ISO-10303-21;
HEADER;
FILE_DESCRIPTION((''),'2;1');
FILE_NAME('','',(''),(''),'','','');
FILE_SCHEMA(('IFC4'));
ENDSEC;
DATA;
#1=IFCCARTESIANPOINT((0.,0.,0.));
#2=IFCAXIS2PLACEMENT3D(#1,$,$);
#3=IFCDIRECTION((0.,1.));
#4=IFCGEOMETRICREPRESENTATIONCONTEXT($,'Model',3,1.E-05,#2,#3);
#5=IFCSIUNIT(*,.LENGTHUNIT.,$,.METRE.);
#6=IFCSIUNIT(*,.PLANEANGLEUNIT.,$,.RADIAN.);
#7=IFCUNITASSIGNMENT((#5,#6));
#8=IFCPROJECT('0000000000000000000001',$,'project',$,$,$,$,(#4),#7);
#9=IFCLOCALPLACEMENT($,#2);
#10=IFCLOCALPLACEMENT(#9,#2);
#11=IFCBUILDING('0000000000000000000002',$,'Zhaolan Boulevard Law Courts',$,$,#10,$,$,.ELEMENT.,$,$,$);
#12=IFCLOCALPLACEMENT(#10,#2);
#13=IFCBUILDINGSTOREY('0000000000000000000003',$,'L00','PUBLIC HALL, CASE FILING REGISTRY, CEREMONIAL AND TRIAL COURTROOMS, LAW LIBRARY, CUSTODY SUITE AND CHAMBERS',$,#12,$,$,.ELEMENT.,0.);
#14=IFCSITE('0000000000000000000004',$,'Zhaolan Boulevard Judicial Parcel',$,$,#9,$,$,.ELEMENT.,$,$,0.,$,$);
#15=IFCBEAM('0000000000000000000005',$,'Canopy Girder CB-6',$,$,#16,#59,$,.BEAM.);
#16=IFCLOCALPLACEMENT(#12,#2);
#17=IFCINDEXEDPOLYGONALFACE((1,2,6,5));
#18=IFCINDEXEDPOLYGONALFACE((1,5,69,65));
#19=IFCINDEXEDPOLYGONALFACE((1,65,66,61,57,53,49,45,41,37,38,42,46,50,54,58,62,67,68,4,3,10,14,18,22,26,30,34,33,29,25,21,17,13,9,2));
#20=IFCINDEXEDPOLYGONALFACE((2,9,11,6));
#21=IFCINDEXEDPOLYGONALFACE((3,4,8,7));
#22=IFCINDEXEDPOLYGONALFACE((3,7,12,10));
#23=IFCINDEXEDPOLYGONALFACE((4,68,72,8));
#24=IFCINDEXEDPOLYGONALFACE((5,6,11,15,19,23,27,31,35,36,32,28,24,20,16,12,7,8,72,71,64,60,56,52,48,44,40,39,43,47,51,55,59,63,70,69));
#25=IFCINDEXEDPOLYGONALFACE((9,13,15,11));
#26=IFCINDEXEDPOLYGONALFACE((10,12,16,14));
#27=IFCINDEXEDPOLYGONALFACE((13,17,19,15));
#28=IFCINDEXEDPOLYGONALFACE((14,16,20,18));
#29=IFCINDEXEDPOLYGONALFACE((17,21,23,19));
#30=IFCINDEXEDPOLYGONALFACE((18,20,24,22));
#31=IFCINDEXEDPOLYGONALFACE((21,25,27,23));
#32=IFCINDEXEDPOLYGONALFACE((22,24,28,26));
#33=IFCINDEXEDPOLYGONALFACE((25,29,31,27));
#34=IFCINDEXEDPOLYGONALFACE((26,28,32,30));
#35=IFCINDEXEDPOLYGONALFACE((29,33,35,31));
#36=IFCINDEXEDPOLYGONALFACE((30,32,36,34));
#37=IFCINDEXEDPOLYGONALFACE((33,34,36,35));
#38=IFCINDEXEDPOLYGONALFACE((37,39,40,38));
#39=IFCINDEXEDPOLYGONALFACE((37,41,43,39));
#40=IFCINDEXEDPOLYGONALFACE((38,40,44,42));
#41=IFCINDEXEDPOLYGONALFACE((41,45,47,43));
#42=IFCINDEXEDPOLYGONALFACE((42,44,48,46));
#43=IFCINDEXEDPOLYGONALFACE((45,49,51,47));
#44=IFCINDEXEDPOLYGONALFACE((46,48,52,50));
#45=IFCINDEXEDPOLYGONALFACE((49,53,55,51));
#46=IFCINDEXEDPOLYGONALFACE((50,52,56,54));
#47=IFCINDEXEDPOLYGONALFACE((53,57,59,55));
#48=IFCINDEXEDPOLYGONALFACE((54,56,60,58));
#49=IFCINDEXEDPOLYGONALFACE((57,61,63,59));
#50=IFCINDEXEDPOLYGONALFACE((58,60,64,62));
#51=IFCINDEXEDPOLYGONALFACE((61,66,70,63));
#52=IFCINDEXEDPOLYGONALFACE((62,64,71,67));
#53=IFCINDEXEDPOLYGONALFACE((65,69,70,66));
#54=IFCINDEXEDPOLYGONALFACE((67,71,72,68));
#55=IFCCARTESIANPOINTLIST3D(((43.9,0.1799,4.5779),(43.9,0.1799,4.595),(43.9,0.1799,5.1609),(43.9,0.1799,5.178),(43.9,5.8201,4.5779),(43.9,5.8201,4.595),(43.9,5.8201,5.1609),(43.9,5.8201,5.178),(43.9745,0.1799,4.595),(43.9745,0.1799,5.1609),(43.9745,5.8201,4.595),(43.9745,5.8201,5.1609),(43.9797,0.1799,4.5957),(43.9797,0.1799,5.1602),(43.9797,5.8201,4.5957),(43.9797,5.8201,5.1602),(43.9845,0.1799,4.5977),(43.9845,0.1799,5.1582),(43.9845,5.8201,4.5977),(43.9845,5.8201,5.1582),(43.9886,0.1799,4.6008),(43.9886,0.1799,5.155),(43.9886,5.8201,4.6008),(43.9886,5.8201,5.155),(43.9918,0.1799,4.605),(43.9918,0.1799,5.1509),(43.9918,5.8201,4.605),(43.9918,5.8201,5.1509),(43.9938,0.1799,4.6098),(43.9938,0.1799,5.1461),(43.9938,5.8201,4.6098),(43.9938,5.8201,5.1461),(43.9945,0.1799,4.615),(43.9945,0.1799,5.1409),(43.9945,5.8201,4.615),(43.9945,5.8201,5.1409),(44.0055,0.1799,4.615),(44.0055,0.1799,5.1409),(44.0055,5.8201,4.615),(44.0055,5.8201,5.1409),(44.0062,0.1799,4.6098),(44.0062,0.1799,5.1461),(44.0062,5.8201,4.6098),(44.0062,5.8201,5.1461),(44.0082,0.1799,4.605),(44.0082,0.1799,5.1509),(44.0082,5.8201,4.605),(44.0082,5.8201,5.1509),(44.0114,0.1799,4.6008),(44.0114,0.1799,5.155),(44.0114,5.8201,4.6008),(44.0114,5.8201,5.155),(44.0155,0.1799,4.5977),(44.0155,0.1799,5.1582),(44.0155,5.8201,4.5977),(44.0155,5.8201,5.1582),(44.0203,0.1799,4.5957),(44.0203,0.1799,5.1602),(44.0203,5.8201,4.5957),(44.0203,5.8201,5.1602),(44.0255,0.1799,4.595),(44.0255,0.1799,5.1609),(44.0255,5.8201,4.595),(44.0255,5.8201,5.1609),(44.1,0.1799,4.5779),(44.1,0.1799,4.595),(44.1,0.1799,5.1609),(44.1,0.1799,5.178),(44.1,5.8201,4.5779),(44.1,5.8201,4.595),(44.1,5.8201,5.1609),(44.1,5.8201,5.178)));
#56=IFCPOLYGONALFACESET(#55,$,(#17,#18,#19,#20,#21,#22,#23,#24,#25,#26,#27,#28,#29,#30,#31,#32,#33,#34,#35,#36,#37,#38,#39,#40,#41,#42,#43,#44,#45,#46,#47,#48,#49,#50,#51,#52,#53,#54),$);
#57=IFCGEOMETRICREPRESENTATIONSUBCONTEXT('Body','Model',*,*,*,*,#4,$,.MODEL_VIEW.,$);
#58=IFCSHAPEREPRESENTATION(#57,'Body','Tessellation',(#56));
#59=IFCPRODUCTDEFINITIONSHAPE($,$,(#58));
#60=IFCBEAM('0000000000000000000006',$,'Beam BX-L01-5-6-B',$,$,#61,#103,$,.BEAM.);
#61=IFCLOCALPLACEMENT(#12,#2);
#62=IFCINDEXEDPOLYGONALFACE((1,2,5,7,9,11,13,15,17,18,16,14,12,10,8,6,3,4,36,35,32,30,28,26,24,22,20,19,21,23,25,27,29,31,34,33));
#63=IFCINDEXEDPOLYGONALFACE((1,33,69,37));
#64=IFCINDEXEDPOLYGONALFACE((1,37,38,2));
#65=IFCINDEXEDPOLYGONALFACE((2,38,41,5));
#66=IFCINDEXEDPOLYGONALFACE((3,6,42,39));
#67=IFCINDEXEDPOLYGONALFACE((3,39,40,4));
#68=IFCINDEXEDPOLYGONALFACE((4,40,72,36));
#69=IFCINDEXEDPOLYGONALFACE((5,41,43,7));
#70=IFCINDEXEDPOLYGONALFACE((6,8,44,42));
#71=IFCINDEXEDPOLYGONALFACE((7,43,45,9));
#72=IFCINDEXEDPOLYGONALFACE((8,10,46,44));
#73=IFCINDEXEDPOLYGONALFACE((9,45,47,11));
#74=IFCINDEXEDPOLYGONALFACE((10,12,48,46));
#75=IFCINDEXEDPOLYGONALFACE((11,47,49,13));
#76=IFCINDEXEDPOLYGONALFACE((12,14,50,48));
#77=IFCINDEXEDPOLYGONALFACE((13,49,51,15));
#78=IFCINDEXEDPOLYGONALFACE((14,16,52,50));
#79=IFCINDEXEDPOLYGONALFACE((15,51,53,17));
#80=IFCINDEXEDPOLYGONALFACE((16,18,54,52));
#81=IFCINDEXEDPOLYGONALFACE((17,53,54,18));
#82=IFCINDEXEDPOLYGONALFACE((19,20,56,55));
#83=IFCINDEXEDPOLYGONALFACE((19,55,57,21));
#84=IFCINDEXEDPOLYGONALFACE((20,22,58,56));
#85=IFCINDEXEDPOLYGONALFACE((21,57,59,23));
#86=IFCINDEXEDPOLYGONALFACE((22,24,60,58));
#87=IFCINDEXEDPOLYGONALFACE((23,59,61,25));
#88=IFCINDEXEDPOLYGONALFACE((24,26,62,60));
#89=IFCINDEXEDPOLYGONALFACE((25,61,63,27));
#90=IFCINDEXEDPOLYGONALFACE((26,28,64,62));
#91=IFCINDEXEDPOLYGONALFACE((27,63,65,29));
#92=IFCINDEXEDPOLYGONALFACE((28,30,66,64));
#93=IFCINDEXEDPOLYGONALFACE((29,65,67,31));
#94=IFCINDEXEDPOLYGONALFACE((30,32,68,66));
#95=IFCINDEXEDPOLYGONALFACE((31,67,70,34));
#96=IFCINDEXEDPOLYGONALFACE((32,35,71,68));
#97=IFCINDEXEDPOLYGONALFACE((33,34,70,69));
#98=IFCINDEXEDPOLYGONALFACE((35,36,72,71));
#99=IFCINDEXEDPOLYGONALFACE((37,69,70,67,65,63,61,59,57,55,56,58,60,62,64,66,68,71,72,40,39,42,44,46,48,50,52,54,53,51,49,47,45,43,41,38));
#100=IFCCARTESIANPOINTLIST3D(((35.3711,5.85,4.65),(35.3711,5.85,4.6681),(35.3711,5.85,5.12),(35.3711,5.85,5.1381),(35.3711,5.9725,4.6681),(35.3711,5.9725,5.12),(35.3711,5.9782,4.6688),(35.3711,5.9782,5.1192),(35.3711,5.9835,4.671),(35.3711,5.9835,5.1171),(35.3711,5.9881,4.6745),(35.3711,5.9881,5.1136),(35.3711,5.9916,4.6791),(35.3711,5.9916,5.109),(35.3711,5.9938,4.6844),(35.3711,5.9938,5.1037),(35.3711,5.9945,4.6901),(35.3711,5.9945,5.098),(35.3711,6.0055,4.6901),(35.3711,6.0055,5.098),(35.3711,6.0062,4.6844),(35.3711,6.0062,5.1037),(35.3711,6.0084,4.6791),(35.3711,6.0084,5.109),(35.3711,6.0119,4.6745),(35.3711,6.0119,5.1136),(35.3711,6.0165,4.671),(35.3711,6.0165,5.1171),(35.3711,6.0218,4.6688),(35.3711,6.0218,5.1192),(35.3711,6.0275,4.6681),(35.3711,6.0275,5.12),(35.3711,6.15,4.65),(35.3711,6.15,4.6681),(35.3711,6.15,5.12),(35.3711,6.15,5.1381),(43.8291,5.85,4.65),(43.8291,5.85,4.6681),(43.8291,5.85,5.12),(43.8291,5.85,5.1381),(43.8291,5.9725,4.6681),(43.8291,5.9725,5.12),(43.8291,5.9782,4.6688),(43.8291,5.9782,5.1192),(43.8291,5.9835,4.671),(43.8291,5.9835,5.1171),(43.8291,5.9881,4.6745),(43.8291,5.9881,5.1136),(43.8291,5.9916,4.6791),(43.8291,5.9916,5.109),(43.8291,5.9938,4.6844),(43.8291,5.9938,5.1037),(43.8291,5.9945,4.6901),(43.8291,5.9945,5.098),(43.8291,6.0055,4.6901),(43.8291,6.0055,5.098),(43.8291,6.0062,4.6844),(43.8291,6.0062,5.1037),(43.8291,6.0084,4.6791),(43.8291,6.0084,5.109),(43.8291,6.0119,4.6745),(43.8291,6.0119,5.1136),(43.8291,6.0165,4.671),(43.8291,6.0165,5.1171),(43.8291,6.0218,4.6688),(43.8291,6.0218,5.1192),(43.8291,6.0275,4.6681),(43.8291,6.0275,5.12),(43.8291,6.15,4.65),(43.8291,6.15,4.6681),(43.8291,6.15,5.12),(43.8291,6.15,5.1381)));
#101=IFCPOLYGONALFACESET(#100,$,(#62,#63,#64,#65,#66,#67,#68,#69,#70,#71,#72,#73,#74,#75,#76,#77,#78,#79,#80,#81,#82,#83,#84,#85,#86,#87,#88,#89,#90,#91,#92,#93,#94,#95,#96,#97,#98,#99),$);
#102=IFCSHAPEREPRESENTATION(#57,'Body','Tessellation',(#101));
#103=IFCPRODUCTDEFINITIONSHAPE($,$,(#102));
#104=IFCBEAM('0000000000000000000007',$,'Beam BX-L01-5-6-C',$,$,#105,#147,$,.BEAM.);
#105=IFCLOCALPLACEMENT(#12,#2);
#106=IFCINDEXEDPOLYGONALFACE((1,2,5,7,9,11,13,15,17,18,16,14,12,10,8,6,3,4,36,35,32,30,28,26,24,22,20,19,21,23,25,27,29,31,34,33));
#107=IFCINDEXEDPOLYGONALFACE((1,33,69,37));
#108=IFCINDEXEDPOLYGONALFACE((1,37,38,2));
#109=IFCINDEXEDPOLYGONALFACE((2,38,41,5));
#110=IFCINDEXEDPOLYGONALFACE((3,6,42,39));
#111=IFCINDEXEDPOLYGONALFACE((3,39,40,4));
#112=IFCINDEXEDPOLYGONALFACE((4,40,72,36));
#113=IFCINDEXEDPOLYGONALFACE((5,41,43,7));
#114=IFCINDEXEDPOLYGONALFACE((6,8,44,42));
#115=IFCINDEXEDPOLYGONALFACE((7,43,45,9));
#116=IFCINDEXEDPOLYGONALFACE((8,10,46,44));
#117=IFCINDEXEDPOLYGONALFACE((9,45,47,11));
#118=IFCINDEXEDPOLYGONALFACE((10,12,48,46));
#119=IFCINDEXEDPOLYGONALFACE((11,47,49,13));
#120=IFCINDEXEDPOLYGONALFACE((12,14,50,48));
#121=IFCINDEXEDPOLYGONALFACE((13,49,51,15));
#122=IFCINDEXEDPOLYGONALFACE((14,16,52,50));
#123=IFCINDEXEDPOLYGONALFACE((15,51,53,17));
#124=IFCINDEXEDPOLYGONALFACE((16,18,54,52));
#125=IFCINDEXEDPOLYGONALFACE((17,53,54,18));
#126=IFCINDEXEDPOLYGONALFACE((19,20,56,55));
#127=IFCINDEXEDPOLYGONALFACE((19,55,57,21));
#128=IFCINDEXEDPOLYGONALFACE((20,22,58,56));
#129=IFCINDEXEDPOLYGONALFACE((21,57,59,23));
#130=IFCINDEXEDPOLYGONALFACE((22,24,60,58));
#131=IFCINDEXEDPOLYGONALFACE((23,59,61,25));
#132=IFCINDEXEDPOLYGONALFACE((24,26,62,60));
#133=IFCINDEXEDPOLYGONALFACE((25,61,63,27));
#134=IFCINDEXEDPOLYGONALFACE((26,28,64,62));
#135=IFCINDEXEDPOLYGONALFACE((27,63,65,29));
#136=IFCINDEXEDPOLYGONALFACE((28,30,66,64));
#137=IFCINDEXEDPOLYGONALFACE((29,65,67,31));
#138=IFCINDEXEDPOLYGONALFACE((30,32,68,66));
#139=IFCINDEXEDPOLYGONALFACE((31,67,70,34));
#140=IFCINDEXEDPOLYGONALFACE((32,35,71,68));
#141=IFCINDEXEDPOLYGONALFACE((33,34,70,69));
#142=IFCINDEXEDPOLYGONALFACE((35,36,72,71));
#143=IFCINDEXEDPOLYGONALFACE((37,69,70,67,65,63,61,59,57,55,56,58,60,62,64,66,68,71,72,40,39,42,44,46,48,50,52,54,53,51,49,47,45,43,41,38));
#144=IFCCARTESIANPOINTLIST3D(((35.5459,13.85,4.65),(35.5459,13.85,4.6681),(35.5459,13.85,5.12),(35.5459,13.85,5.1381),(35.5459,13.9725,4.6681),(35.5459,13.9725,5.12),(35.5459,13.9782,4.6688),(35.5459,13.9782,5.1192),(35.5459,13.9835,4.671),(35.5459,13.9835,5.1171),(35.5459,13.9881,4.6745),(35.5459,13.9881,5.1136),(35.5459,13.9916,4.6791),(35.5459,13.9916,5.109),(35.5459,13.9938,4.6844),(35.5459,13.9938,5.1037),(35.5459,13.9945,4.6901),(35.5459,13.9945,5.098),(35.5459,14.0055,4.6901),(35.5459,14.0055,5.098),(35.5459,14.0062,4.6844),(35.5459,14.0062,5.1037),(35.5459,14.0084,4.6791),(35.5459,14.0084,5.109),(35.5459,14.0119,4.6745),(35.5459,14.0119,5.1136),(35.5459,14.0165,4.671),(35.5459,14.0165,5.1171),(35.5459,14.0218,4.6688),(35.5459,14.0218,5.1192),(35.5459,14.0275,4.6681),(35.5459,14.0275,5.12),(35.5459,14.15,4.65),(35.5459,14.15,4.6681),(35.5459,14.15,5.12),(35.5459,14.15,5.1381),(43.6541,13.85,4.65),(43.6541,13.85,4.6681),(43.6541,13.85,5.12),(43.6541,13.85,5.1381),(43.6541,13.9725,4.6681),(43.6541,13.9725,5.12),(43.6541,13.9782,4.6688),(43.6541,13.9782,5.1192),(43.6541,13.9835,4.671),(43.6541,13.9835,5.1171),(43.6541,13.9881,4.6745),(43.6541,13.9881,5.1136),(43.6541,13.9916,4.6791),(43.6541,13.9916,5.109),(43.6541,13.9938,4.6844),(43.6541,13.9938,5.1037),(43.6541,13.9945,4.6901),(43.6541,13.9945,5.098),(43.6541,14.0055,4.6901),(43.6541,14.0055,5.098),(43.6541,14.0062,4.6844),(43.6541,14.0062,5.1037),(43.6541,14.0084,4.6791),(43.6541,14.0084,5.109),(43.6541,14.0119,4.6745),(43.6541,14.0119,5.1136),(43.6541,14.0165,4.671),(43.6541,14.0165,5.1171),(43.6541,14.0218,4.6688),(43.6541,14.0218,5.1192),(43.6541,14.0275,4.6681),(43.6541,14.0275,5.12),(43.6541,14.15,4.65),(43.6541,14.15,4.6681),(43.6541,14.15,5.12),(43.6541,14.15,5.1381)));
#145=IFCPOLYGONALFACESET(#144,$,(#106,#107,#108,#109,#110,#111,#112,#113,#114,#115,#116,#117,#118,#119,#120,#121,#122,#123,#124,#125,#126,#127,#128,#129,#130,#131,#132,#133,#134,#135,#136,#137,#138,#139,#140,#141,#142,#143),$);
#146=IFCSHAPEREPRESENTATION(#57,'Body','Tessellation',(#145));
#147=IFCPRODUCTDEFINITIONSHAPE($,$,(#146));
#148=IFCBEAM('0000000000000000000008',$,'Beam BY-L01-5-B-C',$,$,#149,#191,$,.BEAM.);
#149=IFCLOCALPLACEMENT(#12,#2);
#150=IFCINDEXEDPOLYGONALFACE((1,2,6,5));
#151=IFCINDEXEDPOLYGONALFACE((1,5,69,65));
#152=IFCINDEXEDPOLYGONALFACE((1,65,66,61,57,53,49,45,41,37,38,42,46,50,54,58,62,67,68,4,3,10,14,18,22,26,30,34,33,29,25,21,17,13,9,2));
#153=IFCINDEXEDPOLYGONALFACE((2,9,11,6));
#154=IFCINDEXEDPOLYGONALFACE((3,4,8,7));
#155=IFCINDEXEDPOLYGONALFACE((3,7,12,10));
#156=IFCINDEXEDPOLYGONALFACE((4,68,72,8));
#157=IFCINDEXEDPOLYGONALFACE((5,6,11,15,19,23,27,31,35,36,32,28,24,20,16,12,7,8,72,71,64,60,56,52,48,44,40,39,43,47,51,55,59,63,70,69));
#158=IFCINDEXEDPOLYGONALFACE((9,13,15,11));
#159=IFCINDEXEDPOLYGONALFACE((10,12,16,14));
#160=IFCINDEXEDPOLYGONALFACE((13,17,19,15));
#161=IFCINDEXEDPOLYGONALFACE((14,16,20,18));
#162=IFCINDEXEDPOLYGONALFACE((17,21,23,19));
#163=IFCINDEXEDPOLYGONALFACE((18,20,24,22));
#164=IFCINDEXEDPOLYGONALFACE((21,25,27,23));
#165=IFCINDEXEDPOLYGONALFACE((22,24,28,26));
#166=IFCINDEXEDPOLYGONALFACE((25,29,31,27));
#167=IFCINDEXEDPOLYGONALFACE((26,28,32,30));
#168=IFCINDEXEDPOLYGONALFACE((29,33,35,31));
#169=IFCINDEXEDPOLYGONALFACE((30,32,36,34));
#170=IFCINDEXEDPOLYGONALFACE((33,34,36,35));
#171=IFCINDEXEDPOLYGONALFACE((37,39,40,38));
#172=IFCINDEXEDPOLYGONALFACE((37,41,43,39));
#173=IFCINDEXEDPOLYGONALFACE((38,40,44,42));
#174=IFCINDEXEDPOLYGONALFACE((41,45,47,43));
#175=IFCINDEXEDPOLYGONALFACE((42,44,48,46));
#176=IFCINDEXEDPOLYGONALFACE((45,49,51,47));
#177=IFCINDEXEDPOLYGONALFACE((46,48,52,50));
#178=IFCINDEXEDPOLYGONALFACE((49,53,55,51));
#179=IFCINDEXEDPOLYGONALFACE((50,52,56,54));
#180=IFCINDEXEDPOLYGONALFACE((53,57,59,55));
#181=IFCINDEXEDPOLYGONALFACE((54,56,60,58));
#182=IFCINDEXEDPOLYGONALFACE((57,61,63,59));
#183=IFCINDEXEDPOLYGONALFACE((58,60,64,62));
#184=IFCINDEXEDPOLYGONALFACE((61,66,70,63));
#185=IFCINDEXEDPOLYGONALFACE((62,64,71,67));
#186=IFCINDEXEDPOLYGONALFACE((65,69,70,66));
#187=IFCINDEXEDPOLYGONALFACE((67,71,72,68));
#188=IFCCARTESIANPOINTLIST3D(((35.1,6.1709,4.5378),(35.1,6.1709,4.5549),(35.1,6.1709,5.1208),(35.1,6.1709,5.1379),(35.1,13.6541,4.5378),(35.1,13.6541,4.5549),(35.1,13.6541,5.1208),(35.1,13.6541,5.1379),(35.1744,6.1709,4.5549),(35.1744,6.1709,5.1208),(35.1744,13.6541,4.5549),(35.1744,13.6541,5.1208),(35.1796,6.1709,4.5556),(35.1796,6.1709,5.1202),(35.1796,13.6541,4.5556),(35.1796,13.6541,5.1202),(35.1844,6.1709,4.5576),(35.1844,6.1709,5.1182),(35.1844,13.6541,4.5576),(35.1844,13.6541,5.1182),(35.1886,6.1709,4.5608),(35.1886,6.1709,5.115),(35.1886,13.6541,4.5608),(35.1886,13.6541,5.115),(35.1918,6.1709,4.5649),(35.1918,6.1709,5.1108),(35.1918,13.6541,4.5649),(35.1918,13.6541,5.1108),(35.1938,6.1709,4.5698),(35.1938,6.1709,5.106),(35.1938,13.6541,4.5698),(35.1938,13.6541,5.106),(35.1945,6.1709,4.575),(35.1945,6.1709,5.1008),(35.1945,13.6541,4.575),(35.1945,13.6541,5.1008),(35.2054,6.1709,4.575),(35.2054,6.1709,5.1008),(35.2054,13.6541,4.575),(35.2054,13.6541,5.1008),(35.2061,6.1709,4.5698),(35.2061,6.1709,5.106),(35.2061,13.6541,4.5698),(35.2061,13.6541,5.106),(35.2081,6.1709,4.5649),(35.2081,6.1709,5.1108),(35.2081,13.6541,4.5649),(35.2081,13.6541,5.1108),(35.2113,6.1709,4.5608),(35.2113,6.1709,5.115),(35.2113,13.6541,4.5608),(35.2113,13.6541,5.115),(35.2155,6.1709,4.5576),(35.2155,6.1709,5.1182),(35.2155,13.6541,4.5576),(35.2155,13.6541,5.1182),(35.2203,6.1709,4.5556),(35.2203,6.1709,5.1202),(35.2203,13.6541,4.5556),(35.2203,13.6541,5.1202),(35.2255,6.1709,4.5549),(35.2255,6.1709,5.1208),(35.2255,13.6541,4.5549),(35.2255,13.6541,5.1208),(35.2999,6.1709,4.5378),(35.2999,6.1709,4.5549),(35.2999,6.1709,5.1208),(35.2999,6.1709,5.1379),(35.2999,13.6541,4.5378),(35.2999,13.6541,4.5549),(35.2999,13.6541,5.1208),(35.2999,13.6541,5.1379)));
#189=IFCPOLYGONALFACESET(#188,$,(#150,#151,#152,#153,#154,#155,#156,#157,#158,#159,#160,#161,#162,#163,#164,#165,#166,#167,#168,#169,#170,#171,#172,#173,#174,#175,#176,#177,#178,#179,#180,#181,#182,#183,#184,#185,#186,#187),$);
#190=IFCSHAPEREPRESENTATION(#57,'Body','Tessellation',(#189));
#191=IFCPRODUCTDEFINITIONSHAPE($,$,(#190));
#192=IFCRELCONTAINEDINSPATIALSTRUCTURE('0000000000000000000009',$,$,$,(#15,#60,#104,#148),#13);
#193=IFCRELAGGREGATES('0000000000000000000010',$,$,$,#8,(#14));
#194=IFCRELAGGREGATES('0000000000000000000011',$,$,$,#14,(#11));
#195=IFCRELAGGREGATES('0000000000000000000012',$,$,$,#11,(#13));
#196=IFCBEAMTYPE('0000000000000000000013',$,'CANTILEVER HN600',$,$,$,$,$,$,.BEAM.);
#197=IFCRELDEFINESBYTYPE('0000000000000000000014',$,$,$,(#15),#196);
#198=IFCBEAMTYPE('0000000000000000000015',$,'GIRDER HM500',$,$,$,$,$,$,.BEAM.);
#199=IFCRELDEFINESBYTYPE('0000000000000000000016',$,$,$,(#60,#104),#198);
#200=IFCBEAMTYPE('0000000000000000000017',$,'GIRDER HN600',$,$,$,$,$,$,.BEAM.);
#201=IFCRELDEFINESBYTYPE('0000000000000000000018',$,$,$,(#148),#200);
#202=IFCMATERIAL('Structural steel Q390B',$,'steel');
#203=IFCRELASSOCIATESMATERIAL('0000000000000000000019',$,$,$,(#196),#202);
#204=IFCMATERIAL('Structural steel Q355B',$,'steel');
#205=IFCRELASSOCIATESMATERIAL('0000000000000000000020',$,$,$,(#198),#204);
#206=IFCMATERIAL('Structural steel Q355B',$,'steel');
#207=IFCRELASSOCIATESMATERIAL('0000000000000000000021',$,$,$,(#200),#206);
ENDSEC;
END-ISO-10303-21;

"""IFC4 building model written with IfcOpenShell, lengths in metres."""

from ifc_helpers import new_model, si_unit, direction, frame, origin, origin_2d, place, context, subcontext, project, spatial, i_section, extrude, material, material_profile, profile_set, type_object, element, save


model = new_model("IFC4")

# Units and contexts
model_context = context("Model", 3, precision=1e-05, world=origin(), true_north=direction((0.0, 1.0)))
body_context = subcontext(model_context, "Body", "Model", "MODEL_VIEW")
ifc_project = project(units=[si_unit("LENGTHUNIT", "METRE"), si_unit("PLANEANGLEUNIT", "RADIAN")], contexts=[model_context])

# Site, building, storey
site_placement = place(None, origin())
site = spatial("IfcSite", under=ifc_project, at=site_placement, Name="Zhaolan Boulevard Judicial Parcel", CompositionType="ELEMENT", RefElevation=0.0)
building_placement = place(site_placement, origin())
building = spatial("IfcBuilding", under=site, at=building_placement, Name="Zhaolan Boulevard Law Courts", CompositionType="ELEMENT")
storey_placement = place(building_placement, origin())
storey = spatial("IfcBuildingStorey", under=building, at=storey_placement, Name="L00", Description="PUBLIC HALL, CASE FILING REGISTRY, CEREMONIAL AND TRIAL COURTROOMS, LAW LIBRARY, CUSTODY SUITE AND CHAMBERS", CompositionType="ELEMENT", Elevation=0.0)

# Beams
ifc_material_1 = material(Name="Structural steel Q390B", Category="steel")
ifc_material_profile_1 = material_profile(ifc_material_1, i_section(OverallWidth=0.2, OverallDepth=0.6001, WebThickness=0.011, FlangeThickness=0.0171, FilletRadius=0.02, at=origin_2d()), Name="HN600x200")
ifc_profile_set_1 = profile_set([ifc_material_profile_1], Name="Structural steel Q390B")
beam_type_1 = type_object("IfcBeamType", Name="CANTILEVER HN600", PredefinedType="BEAM", material=ifc_profile_set_1)
beam_1_placement = place(storey_placement, frame((44.0, 0.1799, 4.8779), z_axis=(0.0, 1.0, 0.0), x_axis=(-1.0, 0.0, 0.0)))
element("IfcBeam", 1, at=beam_1_placement, inside=storey, type_object=beam_type_1, Name="Canopy Girder CB-6", PredefinedType="BEAM", context=body_context, shape_type="SweptSolid", body=[
    extrude(i_section(OverallWidth=0.2, OverallDepth=0.6001, WebThickness=0.011, FlangeThickness=0.0171, FilletRadius=0.02, at=origin_2d()), origin(), (0.0, 0.0, 1.0), 5.6401),
])
ifc_material_2 = material(Name="Structural steel Q355B", Category="steel")
ifc_material_profile_2 = material_profile(ifc_material_2, i_section(OverallWidth=0.3, OverallDepth=0.488, WebThickness=0.011, FlangeThickness=0.0181, FilletRadius=0.022, at=origin_2d()), Name="HM488x300")
ifc_profile_set_2 = profile_set([ifc_material_profile_2], Name="Structural steel Q355B")
beam_type_2 = type_object("IfcBeamType", Name="GIRDER HM500", PredefinedType="BEAM", material=ifc_profile_set_2)
beam_2_placement = place(storey_placement, frame((35.3711, 6.0, 4.894), z_axis=(1.0, 0.0, 0.0), x_axis=(0.0, 1.0, 0.0)))
element("IfcBeam", 2, at=beam_2_placement, inside=storey, type_object=beam_type_2, Name="Beam BX-L01-5-6-B", PredefinedType="BEAM", context=body_context, shape_type="SweptSolid", body=[
    extrude(i_section(OverallWidth=0.3, OverallDepth=0.488, WebThickness=0.011, FlangeThickness=0.0181, FilletRadius=0.022, at=origin_2d()), origin(), (0.0, 0.0, 1.0), 8.458),
])
beam_3_placement = place(storey_placement, frame((35.5459, 14.0, 4.894), z_axis=(1.0, 0.0, 0.0), x_axis=(0.0, 1.0, 0.0)))
element("IfcBeam", 3, at=beam_3_placement, inside=storey, type_object=beam_type_2, Name="Beam BX-L01-5-6-C", PredefinedType="BEAM", context=body_context, shape_type="SweptSolid", body=[
    extrude(i_section(OverallWidth=0.3, OverallDepth=0.488, WebThickness=0.011, FlangeThickness=0.0181, FilletRadius=0.022, at=origin_2d()), origin(), (0.0, 0.0, 1.0), 8.1082),
])
ifc_material_3 = material(Name="Structural steel Q355B", Category="steel")
ifc_material_profile_3 = material_profile(ifc_material_3, i_section(OverallWidth=0.2, OverallDepth=0.6001, WebThickness=0.011, FlangeThickness=0.0171, FilletRadius=0.02, at=origin_2d()), Name="HN600x200")
ifc_profile_set_3 = profile_set([ifc_material_profile_3], Name="Structural steel Q355B")
beam_type_3 = type_object("IfcBeamType", Name="GIRDER HN600", PredefinedType="BEAM", material=ifc_profile_set_3)
for number, where, z_axis, x_axis, name in (
    (4, (35.2, 6.1709, 4.8379), (0.0, 1.0, 0.0), (-1.0, 0.0, 0.0), "Beam BY-L01-5-B-C"),
):
    element("IfcBeam", number, at=place(storey_placement, frame(where, z_axis=z_axis, x_axis=x_axis)), inside=storey, type_object=beam_type_3, Name=name, PredefinedType="BEAM", context=body_context, shape_type="SweptSolid", body=[
        extrude(i_section(OverallWidth=0.2, OverallDepth=0.6001, WebThickness=0.011, FlangeThickness=0.0171, FilletRadius=0.02, at=origin_2d()), origin(), (0.0, 0.0, 1.0), 7.4832),
    ])

save(model, "model.ifc")
